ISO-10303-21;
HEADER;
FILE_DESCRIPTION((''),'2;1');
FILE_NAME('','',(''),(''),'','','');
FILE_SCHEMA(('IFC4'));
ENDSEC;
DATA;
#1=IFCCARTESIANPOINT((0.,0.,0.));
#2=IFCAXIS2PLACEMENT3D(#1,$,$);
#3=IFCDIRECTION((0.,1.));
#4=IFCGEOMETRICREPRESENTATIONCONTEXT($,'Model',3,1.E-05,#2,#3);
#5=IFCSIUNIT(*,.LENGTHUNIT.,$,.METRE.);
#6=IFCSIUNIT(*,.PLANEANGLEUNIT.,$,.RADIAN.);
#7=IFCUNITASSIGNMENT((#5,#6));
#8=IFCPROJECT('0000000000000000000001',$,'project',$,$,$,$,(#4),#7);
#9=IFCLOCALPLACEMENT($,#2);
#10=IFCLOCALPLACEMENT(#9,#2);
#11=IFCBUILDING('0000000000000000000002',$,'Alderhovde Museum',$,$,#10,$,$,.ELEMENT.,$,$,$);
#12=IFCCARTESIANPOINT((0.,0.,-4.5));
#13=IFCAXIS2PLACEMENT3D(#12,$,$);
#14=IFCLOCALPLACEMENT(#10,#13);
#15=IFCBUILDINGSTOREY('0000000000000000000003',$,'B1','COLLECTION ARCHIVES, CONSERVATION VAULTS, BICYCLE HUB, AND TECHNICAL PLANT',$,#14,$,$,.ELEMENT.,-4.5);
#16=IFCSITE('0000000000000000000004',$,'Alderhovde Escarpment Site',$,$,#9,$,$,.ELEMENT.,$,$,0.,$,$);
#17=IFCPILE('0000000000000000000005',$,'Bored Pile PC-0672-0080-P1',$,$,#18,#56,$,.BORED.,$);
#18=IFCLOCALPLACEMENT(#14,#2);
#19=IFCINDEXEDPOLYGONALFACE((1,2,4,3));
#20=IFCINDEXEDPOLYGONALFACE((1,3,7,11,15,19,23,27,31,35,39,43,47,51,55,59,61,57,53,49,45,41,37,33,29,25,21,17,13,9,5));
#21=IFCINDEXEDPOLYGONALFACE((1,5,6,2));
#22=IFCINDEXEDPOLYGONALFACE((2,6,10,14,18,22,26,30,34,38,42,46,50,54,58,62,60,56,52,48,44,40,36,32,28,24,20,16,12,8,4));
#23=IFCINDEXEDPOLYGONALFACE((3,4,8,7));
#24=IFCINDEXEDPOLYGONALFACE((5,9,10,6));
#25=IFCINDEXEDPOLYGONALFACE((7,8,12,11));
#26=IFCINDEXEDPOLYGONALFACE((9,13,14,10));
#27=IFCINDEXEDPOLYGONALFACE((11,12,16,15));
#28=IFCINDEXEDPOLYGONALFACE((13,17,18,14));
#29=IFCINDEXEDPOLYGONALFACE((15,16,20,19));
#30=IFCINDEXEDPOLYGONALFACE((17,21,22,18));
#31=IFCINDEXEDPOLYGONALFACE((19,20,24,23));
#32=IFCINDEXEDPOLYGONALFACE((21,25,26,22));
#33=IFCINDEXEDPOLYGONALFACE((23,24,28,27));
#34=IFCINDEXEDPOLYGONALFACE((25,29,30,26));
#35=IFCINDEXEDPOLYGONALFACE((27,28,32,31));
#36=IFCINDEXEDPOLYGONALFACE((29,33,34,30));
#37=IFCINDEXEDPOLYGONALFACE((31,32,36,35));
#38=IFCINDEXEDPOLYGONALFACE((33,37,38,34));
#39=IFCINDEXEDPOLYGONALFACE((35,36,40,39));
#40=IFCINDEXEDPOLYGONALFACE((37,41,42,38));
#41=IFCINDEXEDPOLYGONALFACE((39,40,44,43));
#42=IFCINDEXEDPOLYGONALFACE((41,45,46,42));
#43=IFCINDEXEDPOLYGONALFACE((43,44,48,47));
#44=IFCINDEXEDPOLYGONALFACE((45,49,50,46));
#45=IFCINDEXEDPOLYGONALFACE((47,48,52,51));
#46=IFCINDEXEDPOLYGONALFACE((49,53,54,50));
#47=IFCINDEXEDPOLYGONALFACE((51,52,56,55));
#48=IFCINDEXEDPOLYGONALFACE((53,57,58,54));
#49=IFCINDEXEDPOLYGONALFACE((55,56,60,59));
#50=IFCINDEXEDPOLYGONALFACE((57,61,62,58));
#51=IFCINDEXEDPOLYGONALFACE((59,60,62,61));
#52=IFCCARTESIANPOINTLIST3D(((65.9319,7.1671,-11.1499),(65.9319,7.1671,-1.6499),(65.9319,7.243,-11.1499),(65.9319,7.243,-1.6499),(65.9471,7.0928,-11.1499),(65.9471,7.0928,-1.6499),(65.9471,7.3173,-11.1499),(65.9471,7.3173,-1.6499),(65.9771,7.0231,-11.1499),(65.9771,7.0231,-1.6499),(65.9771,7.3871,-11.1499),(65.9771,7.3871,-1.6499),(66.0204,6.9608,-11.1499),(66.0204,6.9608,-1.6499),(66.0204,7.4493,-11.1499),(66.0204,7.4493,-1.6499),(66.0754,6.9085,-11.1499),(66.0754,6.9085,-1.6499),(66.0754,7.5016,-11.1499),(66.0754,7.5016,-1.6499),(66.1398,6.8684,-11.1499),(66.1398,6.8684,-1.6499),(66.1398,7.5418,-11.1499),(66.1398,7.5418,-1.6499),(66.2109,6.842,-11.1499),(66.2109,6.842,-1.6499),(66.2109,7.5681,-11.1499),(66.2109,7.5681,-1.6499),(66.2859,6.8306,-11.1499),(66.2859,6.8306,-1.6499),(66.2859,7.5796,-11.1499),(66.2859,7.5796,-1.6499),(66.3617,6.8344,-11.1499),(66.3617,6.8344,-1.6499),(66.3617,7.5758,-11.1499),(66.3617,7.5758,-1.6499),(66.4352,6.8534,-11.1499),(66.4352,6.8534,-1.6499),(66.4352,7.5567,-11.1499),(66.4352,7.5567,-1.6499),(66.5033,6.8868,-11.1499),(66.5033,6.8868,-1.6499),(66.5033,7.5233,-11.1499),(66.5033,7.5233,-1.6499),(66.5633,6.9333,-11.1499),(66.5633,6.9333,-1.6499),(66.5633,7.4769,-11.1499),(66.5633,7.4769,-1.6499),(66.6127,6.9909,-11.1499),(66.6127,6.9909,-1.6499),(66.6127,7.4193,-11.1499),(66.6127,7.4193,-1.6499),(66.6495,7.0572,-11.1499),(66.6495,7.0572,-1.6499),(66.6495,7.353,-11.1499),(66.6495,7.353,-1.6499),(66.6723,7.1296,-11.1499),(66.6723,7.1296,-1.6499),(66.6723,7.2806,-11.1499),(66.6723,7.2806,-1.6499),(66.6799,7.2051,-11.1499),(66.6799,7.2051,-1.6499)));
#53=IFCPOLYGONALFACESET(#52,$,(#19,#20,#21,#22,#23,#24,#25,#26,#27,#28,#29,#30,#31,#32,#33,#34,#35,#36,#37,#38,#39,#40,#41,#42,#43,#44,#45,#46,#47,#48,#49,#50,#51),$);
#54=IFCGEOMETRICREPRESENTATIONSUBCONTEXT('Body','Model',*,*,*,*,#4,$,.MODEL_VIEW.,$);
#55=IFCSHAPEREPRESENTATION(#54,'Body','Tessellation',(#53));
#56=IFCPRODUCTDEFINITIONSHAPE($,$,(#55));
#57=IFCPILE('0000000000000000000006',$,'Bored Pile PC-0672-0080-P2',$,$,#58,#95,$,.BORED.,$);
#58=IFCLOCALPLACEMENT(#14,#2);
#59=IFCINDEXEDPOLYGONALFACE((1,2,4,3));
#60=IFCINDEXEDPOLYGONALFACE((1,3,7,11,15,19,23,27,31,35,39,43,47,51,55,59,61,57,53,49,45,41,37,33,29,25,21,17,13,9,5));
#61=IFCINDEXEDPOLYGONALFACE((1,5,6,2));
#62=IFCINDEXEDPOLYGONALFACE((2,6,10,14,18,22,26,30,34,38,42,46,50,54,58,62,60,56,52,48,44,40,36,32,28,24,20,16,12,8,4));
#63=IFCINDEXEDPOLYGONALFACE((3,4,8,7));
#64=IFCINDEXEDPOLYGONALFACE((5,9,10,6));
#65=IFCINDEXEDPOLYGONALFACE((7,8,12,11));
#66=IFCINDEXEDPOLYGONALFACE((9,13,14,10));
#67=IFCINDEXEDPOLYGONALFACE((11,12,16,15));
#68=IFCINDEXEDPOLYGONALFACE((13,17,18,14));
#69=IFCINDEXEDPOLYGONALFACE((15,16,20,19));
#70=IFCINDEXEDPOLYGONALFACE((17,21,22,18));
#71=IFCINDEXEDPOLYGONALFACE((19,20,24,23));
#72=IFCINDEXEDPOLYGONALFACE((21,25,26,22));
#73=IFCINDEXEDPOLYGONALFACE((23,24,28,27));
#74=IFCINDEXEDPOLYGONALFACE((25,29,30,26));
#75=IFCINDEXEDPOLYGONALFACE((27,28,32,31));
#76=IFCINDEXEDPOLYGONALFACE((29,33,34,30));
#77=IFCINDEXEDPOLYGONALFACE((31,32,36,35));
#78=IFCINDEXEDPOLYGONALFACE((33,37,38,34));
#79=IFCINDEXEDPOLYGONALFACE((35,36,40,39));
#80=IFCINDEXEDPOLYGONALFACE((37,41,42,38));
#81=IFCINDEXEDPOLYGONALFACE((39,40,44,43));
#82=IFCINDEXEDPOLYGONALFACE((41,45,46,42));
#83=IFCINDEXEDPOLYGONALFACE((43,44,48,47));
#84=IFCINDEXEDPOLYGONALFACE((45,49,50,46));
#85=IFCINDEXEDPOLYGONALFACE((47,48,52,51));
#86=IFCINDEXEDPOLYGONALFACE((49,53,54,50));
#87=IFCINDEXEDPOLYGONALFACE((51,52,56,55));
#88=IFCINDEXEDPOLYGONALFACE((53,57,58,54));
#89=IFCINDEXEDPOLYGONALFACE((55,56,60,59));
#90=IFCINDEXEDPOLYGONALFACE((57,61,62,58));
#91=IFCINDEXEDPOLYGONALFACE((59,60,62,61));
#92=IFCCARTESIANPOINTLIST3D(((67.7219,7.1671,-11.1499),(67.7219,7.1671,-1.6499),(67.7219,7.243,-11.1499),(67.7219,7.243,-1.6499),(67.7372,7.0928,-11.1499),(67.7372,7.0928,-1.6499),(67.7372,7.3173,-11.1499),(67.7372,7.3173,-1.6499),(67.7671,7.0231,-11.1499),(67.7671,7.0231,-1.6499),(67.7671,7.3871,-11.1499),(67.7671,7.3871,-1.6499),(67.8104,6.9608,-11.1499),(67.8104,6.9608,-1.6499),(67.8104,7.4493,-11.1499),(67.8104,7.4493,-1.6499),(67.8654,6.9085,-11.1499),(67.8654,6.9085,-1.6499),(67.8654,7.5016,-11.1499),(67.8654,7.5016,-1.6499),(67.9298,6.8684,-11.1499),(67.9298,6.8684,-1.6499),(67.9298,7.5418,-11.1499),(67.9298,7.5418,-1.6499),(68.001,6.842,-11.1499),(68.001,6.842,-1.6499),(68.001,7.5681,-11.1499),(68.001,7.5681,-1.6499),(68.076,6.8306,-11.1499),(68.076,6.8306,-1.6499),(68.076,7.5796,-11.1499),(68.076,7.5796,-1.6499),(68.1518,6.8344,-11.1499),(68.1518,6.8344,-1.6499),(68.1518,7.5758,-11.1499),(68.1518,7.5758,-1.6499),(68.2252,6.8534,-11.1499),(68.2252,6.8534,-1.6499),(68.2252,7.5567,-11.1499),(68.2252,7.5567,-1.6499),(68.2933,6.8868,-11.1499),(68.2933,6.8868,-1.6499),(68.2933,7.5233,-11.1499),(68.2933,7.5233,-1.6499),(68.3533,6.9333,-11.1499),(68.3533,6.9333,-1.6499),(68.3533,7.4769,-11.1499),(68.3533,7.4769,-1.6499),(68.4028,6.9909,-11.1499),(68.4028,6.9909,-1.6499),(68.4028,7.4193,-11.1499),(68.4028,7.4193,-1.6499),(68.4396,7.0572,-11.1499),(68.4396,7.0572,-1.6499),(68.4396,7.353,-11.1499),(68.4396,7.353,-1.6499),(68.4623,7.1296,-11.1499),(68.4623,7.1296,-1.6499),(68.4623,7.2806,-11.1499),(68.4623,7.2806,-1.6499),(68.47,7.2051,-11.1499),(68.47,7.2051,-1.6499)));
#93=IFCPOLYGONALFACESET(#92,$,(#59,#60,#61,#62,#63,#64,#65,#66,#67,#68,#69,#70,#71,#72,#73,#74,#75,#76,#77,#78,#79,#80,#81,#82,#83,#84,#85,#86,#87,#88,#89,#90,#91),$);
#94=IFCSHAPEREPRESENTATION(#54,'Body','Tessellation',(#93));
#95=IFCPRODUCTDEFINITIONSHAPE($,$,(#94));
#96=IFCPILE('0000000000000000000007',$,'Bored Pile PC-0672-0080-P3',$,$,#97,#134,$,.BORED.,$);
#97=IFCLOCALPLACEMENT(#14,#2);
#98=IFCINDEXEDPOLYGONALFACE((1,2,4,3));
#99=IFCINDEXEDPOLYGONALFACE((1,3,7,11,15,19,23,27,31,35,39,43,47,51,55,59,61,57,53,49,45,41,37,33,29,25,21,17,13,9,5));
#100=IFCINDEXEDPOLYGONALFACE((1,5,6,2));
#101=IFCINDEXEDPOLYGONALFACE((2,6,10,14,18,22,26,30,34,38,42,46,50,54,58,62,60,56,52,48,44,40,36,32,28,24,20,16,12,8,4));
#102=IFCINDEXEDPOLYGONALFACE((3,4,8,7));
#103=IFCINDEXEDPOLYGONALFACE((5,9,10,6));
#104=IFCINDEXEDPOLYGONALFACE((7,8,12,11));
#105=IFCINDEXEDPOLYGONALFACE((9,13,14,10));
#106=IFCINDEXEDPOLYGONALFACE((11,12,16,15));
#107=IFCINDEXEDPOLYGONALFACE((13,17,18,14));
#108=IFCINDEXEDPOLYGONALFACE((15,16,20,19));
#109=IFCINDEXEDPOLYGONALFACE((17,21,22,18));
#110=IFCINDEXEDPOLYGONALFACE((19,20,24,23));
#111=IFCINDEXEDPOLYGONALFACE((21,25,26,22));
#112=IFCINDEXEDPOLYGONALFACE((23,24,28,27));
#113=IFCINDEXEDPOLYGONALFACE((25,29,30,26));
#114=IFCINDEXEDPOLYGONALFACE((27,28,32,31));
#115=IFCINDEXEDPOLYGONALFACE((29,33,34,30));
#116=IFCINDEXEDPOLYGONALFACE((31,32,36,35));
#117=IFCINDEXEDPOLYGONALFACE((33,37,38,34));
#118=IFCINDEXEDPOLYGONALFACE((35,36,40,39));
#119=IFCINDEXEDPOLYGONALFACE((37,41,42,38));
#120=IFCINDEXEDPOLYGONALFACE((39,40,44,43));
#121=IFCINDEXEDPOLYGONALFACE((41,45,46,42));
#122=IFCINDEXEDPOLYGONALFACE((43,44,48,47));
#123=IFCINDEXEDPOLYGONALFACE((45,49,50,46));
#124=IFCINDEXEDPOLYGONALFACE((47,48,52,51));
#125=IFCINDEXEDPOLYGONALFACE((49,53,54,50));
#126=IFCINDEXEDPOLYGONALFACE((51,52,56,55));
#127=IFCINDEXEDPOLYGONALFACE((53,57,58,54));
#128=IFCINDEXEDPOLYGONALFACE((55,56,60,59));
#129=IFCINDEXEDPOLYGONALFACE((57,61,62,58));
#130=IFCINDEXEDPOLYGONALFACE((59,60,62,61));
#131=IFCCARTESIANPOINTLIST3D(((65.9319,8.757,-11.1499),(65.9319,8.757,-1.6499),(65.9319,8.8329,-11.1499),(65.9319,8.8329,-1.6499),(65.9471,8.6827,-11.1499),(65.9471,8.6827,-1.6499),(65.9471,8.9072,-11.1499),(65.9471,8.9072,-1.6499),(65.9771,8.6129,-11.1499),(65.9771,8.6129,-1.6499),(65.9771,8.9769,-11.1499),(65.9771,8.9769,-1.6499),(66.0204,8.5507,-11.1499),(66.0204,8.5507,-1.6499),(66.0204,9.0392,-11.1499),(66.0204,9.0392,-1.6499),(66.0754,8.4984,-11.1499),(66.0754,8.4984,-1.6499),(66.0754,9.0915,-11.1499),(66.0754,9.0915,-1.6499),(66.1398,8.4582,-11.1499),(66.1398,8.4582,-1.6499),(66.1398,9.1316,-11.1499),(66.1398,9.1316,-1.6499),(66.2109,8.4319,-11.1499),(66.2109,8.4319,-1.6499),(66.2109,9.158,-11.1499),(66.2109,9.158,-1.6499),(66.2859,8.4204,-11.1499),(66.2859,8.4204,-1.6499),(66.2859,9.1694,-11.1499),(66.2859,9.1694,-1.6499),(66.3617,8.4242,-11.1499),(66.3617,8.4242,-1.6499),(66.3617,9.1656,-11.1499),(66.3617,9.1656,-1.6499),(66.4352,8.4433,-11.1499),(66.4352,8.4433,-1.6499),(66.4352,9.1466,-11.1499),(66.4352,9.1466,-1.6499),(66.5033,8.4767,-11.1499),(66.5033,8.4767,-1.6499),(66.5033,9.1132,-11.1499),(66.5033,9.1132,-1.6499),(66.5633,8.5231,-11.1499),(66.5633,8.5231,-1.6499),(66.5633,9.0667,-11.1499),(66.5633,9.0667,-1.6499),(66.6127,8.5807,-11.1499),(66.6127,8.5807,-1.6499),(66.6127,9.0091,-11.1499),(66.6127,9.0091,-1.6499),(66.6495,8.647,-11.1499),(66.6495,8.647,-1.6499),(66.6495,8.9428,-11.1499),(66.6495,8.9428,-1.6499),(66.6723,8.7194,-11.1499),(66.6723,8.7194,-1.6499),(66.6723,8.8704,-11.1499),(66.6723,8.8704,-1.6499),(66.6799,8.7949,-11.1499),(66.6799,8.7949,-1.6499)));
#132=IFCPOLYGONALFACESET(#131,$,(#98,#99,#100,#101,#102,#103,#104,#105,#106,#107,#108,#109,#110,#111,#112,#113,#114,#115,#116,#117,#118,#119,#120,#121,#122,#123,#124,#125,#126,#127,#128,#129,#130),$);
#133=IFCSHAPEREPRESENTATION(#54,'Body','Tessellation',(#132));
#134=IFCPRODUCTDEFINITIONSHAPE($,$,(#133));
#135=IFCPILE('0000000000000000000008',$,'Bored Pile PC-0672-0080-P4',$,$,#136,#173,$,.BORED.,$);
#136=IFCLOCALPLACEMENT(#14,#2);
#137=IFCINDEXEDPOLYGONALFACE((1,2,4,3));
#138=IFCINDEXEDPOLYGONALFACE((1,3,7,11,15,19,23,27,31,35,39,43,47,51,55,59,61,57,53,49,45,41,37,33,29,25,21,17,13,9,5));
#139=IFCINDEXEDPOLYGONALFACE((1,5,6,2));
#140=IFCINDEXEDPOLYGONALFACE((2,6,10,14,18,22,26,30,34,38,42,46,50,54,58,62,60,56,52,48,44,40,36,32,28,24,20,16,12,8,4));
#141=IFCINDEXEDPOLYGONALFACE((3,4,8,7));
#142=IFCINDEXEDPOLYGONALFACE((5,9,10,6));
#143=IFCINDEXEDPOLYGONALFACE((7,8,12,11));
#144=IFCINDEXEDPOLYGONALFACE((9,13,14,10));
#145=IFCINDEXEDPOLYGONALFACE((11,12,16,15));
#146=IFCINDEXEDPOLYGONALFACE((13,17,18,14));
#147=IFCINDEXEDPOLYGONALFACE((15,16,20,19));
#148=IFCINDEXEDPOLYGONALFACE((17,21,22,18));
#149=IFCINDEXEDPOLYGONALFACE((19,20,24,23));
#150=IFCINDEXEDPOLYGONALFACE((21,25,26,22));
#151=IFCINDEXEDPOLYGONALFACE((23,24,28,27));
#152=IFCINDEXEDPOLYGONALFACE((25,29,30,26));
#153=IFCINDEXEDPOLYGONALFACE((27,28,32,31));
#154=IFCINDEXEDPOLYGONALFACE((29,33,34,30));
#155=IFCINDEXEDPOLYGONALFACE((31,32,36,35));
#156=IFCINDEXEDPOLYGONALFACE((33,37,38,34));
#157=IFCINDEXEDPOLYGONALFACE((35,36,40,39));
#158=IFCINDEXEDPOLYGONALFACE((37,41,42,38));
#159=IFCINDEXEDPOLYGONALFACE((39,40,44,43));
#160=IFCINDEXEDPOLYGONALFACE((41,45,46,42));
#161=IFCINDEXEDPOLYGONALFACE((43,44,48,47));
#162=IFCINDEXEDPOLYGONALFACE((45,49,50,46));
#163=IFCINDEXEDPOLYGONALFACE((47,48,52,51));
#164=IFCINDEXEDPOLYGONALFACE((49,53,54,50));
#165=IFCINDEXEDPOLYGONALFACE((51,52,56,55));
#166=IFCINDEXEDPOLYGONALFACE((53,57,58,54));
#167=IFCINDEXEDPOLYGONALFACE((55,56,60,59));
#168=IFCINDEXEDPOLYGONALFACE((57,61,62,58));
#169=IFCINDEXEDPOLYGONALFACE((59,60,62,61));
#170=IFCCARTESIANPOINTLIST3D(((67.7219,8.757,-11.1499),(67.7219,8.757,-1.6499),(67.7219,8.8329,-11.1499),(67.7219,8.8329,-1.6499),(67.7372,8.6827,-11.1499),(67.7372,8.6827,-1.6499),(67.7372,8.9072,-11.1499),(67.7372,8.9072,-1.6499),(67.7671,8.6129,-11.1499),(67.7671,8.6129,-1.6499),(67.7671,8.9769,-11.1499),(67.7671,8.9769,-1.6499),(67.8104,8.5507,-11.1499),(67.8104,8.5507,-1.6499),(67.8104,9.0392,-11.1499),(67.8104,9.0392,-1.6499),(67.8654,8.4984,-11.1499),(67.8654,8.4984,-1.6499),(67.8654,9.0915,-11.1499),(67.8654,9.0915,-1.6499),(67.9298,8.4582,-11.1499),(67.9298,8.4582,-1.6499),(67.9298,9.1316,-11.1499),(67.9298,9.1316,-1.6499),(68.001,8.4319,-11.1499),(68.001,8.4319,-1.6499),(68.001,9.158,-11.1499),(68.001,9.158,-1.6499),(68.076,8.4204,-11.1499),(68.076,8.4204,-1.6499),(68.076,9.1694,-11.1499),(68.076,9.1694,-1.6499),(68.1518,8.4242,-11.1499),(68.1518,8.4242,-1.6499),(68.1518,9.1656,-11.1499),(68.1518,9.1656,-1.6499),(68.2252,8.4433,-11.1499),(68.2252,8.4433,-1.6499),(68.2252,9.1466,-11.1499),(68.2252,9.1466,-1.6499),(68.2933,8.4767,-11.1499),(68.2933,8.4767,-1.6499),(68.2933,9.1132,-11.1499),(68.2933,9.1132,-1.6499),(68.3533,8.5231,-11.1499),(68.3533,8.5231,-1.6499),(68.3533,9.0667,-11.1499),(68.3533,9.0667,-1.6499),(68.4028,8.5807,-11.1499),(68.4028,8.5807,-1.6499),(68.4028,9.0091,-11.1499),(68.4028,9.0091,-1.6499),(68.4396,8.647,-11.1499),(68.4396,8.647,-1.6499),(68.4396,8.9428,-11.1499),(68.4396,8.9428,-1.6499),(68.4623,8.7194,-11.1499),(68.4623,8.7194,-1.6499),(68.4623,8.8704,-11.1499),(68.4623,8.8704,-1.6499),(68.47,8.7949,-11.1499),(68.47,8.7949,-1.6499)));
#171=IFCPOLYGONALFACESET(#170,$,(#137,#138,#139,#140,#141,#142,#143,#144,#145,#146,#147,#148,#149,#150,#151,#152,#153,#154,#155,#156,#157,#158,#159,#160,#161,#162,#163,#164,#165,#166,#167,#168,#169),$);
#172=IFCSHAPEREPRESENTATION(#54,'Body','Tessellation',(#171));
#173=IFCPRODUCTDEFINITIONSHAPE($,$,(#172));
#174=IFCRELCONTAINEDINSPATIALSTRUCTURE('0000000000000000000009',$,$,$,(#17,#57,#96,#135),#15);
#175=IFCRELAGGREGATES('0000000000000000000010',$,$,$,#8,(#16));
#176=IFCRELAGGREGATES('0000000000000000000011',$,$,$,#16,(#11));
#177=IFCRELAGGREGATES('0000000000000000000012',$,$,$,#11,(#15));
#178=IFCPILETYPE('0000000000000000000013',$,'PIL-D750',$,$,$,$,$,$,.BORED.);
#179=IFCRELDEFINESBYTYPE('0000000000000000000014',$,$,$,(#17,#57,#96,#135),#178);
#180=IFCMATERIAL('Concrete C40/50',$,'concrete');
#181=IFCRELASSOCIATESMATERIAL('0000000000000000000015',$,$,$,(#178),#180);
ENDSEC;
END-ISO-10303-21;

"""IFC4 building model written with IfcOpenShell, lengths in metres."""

from ifc_helpers import new_model, si_unit, direction, frame, origin, origin_2d, place, context, subcontext, project, spatial, circle, extrude, material, material_profile, profile_set, type_object, element, save


model = new_model("IFC4")

# Units and contexts
model_context = context("Model", 3, precision=1e-05, world=origin(), true_north=direction((0.0, 1.0)))
body_context = subcontext(model_context, "Body", "Model", "MODEL_VIEW")
ifc_project = project(units=[si_unit("LENGTHUNIT", "METRE"), si_unit("PLANEANGLEUNIT", "RADIAN")], contexts=[model_context])

# Site, building, storey
site_placement = place(None, origin())
site = spatial("IfcSite", under=ifc_project, at=site_placement, Name="Alderhovde Escarpment Site", CompositionType="ELEMENT", RefElevation=0.0)
building_placement = place(site_placement, origin())
building = spatial("IfcBuilding", under=site, at=building_placement, Name="Alderhovde Museum", CompositionType="ELEMENT")
storey_placement = place(building_placement, frame((0.0, 0.0, -4.5)))
storey = spatial("IfcBuildingStorey", under=building, at=storey_placement, Name="B1", Description="COLLECTION ARCHIVES, CONSERVATION VAULTS, BICYCLE HUB, AND TECHNICAL PLANT", CompositionType="ELEMENT", Elevation=-4.5)

# Piles
ifc_material_1 = material(Name="Concrete C40/50", Category="concrete")
ifc_material_profile_1 = material_profile(ifc_material_1, circle(Radius=0.375, at=origin_2d()), Name="PILE-D750")
ifc_profile_set_1 = profile_set([ifc_material_profile_1], Name="Concrete C40/50")
pile_type_1 = type_object("IfcPileType", Name="PIL-D750", PredefinedType="BORED", material=ifc_profile_set_1)
for number, where, z_axis, x_axis, name in (
    (1, (66.3049, 7.2051, -1.6499), (0.0, 0.0, -1.0), (1.0, 0.0, 0.0), "Bored Pile PC-0672-0080-P1"),
    (2, (68.095, 7.2051, -1.6499), (0.0, 0.0, -1.0), (1.0, 0.0, 0.0), "Bored Pile PC-0672-0080-P2"),
    (3, (66.3049, 8.7949, -1.6499), (0.0, 0.0, -1.0), (1.0, 0.0, 0.0), "Bored Pile PC-0672-0080-P3"),
    (4, (68.095, 8.7949, -1.6499), (0.0, 0.0, -1.0), (1.0, 0.0, 0.0), "Bored Pile PC-0672-0080-P4"),
):
    element("IfcPile", number, at=place(storey_placement, frame(where, z_axis=z_axis, x_axis=x_axis)), inside=storey, type_object=pile_type_1, Name=name, PredefinedType="BORED", context=body_context, shape_type="SweptSolid", body=[
        extrude(circle(Radius=0.375, at=origin_2d()), origin(), (0.0, 0.0, 1.0), 9.5),
    ])

save(model, "model.ifc")
